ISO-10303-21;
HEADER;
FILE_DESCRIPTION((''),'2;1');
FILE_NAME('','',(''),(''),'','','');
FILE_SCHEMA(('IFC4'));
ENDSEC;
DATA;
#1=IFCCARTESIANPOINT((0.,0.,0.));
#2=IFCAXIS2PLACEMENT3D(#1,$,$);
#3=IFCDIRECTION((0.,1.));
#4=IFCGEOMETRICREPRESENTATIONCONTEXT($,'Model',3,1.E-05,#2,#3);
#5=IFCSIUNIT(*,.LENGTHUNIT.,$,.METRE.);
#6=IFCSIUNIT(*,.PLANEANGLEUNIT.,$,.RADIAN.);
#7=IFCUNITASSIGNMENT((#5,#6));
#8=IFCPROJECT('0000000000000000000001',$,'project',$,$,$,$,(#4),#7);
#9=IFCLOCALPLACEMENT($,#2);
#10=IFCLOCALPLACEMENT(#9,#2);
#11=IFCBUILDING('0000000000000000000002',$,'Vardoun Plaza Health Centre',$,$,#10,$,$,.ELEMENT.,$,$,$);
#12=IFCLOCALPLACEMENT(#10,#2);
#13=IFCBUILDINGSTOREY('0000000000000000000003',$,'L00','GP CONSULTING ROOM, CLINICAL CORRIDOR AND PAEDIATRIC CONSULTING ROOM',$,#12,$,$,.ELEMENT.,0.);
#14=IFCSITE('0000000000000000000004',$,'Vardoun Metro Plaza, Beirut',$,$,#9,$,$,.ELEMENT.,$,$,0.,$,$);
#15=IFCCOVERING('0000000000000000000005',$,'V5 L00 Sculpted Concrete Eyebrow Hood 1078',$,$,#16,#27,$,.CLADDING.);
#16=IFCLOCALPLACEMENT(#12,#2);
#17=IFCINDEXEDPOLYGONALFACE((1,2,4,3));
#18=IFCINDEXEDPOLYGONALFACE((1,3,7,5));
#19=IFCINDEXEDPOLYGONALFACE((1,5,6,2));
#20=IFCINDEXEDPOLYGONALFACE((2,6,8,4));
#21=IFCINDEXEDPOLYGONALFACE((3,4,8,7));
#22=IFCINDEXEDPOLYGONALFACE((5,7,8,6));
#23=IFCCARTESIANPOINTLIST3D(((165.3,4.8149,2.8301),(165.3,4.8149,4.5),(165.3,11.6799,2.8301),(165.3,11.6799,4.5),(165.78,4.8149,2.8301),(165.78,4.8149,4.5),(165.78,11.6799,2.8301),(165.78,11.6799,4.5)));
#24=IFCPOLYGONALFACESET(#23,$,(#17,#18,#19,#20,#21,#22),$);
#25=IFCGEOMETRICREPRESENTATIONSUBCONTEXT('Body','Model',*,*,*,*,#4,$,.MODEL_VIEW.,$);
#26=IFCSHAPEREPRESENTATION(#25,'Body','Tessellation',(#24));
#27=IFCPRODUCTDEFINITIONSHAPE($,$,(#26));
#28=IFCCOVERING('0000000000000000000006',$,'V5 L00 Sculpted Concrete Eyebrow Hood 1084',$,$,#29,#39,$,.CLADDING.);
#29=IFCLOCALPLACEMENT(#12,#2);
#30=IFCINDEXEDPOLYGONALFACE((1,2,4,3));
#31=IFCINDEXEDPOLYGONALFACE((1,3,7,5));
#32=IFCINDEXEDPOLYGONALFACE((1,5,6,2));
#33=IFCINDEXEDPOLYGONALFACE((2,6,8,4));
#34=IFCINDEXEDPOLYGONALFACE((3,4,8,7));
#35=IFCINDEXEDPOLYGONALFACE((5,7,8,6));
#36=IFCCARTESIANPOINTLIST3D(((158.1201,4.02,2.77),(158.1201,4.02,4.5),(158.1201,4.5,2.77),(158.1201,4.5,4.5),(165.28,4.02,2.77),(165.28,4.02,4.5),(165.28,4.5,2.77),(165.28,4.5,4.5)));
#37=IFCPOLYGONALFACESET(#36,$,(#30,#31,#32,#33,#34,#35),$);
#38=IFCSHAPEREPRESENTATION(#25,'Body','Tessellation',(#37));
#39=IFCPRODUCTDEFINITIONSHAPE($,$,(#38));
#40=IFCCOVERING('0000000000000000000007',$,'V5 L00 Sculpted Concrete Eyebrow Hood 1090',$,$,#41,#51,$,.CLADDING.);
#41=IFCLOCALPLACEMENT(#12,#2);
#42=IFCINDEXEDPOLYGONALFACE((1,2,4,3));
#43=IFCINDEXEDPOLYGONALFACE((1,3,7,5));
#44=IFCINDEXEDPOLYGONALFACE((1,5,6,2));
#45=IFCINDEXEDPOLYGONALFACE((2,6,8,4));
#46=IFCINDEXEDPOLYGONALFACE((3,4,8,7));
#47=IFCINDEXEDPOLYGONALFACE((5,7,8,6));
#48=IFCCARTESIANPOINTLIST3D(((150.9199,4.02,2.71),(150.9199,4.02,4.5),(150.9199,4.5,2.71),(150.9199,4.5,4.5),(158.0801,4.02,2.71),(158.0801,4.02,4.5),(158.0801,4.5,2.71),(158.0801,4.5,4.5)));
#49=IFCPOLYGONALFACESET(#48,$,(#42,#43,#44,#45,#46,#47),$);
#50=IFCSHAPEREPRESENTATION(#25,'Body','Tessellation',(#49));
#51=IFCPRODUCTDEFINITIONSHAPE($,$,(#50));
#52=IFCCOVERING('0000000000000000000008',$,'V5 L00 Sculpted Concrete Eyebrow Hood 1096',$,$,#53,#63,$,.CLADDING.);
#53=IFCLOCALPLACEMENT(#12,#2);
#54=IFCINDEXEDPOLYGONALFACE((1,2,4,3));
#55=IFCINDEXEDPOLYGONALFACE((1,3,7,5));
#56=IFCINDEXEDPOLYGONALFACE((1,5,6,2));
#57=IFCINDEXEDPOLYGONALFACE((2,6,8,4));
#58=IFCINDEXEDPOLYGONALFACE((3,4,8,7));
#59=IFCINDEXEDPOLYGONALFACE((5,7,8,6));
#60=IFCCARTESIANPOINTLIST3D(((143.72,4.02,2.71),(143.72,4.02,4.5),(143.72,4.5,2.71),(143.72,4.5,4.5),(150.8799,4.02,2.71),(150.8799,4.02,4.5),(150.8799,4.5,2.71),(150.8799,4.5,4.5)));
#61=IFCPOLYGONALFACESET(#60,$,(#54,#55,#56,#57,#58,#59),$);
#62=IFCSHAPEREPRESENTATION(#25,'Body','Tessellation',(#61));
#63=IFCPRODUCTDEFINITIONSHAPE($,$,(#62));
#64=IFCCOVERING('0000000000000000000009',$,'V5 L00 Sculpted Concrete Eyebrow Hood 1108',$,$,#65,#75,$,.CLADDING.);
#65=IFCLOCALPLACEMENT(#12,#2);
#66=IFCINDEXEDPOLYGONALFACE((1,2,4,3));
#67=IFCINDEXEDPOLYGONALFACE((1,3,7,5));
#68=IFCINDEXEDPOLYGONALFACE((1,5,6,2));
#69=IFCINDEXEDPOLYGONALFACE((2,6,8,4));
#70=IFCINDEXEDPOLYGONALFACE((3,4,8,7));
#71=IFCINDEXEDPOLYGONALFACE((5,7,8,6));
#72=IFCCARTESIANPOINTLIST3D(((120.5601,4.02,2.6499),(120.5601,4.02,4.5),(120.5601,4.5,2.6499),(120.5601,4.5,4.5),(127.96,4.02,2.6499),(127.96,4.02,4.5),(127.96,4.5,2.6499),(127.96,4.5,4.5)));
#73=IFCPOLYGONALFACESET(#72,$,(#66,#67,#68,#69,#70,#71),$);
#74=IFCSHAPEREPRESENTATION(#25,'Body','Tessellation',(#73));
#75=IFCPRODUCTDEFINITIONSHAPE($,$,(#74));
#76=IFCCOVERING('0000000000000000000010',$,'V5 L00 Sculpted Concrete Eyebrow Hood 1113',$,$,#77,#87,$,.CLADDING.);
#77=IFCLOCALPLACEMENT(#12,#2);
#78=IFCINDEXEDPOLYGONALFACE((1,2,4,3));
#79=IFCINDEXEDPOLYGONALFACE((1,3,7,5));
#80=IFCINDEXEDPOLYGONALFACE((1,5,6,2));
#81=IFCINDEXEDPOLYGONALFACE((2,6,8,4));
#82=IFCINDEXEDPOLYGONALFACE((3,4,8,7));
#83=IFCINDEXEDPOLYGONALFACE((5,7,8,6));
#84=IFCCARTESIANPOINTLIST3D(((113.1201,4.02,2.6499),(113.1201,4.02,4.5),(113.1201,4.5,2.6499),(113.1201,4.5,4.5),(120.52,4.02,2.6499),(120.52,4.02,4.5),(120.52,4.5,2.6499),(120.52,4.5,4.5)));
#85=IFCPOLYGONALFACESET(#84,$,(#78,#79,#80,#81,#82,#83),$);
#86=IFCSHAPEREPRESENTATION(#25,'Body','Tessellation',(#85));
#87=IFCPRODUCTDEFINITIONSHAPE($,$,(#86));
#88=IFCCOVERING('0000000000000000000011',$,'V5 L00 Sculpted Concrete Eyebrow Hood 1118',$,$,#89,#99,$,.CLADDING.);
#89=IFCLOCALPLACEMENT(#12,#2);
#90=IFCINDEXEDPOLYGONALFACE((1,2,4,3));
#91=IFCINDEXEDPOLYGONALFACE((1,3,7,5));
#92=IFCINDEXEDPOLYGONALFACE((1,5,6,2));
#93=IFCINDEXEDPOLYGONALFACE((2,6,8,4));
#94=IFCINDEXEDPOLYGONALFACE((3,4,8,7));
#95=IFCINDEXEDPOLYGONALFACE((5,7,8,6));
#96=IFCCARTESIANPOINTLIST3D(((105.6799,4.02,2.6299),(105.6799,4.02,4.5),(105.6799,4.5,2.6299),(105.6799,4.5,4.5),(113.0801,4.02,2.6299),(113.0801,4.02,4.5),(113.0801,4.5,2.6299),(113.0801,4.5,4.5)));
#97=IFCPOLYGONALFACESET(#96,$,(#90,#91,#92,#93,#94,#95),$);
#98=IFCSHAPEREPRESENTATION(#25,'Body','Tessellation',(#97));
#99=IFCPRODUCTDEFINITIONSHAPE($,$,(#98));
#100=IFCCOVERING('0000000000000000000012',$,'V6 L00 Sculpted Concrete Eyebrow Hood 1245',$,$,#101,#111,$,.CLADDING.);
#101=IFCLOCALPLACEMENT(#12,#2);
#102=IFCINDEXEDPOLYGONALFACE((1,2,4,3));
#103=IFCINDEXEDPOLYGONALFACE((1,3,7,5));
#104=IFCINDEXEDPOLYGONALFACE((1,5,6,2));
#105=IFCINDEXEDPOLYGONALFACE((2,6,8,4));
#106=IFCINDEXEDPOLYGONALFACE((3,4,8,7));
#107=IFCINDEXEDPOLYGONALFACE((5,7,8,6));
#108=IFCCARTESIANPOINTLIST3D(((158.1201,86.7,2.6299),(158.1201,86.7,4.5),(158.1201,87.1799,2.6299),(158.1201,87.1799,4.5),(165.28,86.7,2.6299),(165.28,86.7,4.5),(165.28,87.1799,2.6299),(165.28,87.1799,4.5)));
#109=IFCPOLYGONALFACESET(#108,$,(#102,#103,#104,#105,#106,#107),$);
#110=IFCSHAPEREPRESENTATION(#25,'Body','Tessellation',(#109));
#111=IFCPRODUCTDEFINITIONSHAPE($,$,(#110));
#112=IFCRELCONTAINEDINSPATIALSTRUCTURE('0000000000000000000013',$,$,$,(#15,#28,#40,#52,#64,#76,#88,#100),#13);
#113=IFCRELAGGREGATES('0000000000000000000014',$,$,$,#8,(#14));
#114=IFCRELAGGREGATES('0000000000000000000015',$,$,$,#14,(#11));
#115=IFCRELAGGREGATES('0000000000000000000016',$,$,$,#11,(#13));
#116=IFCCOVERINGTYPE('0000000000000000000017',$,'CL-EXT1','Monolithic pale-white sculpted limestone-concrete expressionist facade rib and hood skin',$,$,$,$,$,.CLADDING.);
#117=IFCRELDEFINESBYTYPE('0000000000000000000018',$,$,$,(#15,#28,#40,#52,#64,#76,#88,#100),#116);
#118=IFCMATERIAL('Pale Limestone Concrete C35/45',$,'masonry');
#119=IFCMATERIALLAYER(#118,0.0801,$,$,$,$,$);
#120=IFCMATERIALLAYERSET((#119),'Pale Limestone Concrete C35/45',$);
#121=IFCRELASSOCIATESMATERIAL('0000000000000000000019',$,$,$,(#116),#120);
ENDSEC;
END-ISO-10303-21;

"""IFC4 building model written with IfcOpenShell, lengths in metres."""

from ifc_helpers import new_model, si_unit, direction, frame, origin, place, context, subcontext, project, spatial, polyline, outline, extrude, material, layer, layer_set, type_object, element, save


model = new_model("IFC4")

# Units and contexts
model_context = context("Model", 3, precision=1e-05, world=origin(), true_north=direction((0.0, 1.0)))
body_context = subcontext(model_context, "Body", "Model", "MODEL_VIEW")
ifc_project = project(units=[si_unit("LENGTHUNIT", "METRE"), si_unit("PLANEANGLEUNIT", "RADIAN")], contexts=[model_context])

# Site, building, storey
site_placement = place(None, origin())
site = spatial("IfcSite", under=ifc_project, at=site_placement, Name="Vardoun Metro Plaza, Beirut", CompositionType="ELEMENT", RefElevation=0.0)
building_placement = place(site_placement, origin())
building = spatial("IfcBuilding", under=site, at=building_placement, Name="Vardoun Plaza Health Centre", CompositionType="ELEMENT")
storey_placement = place(building_placement, origin())
storey = spatial("IfcBuildingStorey", under=building, at=storey_placement, Name="L00", Description="GP CONSULTING ROOM, CLINICAL CORRIDOR AND PAEDIATRIC CONSULTING ROOM", CompositionType="ELEMENT", Elevation=0.0)

# Coverings
ifc_material = material(Name="Pale Limestone Concrete C35/45", Category="masonry")
ifc_layer = layer(ifc_material, 0.0801)
ifc_layer_set = layer_set([ifc_layer], Name="Pale Limestone Concrete C35/45")
covering_type = type_object("IfcCoveringType", Name="CL-EXT1", Description="Monolithic pale-white sculpted limestone-concrete expressionist facade rib and hood skin", PredefinedType="CLADDING", material=ifc_layer_set)
covering_1_placement = place(storey_placement, frame((0.0, 0.0, 2.8301)))
element("IfcCovering", 1, at=covering_1_placement, inside=storey, type_object=covering_type, Name="V5 L00 Sculpted Concrete Eyebrow Hood 1078", PredefinedType="CLADDING", context=body_context, shape_type="SweptSolid", body=[
    extrude(outline(polyline([(165.3, 11.6799), (165.3, 4.8149), (165.78, 4.8149), (165.78, 11.6799), (165.3, 11.6799)])), origin(), (0.0, 0.0, 1.0), 1.6699),
])
covering_2_placement = place(storey_placement, frame((0.0, 0.0, 2.77)))
element("IfcCovering", 2, at=covering_2_placement, inside=storey, type_object=covering_type, Name="V5 L00 Sculpted Concrete Eyebrow Hood 1084", PredefinedType="CLADDING", context=body_context, shape_type="SweptSolid", body=[
    extrude(outline(polyline([(165.28, 4.5), (158.1201, 4.5), (158.1201, 4.02), (165.28, 4.02), (165.28, 4.5)])), origin(), (0.0, 0.0, 1.0), 1.73),
])
covering_3_placement = place(storey_placement, frame((0.0, 0.0, 2.71)))
element("IfcCovering", 3, at=covering_3_placement, inside=storey, type_object=covering_type, Name="V5 L00 Sculpted Concrete Eyebrow Hood 1090", PredefinedType="CLADDING", context=body_context, shape_type="SweptSolid", body=[
    extrude(outline(polyline([(158.0801, 4.5), (150.9199, 4.5), (150.9199, 4.02), (158.0801, 4.02), (158.0801, 4.5)])), origin(), (0.0, 0.0, 1.0), 1.79),
])
covering_4_placement = place(storey_placement, frame((0.0, 0.0, 2.71)))
element("IfcCovering", 4, at=covering_4_placement, inside=storey, type_object=covering_type, Name="V5 L00 Sculpted Concrete Eyebrow Hood 1096", PredefinedType="CLADDING", context=body_context, shape_type="SweptSolid", body=[
    extrude(outline(polyline([(150.8799, 4.5), (143.72, 4.5), (143.72, 4.02), (150.8799, 4.02), (150.8799, 4.5)])), origin(), (0.0, 0.0, 1.0), 1.79),
])
covering_5_placement = place(storey_placement, frame((0.0, 0.0, 2.6499)))
element("IfcCovering", 5, at=covering_5_placement, inside=storey, type_object=covering_type, Name="V5 L00 Sculpted Concrete Eyebrow Hood 1108", PredefinedType="CLADDING", context=body_context, shape_type="SweptSolid", body=[
    extrude(outline(polyline([(127.96, 4.5), (120.5601, 4.5), (120.5601, 4.02), (127.96, 4.02), (127.96, 4.5)])), origin(), (0.0, 0.0, 1.0), 1.8501),
])
covering_6_placement = place(storey_placement, frame((0.0, 0.0, 2.6499)))
element("IfcCovering", 6, at=covering_6_placement, inside=storey, type_object=covering_type, Name="V5 L00 Sculpted Concrete Eyebrow Hood 1113", PredefinedType="CLADDING", context=body_context, shape_type="SweptSolid", body=[
    extrude(outline(polyline([(120.52, 4.5), (113.1201, 4.5), (113.1201, 4.02), (120.52, 4.02), (120.52, 4.5)])), origin(), (0.0, 0.0, 1.0), 1.8501),
])
covering_7_placement = place(storey_placement, frame((0.0, 0.0, 2.6299)))
element("IfcCovering", 7, at=covering_7_placement, inside=storey, type_object=covering_type, Name="V5 L00 Sculpted Concrete Eyebrow Hood 1118", PredefinedType="CLADDING", context=body_context, shape_type="SweptSolid", body=[
    extrude(outline(polyline([(113.0801, 4.5), (105.6799, 4.5), (105.6799, 4.02), (113.0801, 4.02), (113.0801, 4.5)])), origin(), (0.0, 0.0, 1.0), 1.8701),
])
covering_8_placement = place(storey_placement, frame((0.0, 0.0, 2.6299)))
element("IfcCovering", 8, at=covering_8_placement, inside=storey, type_object=covering_type, Name="V6 L00 Sculpted Concrete Eyebrow Hood 1245", PredefinedType="CLADDING", context=body_context, shape_type="SweptSolid", body=[
    extrude(outline(polyline([(158.1201, 86.7), (165.28, 86.7), (165.28, 87.1799), (158.1201, 87.1799), (158.1201, 86.7)])), origin(), (0.0, 0.0, 1.0), 1.8701),
])

save(model, "model.ifc")
